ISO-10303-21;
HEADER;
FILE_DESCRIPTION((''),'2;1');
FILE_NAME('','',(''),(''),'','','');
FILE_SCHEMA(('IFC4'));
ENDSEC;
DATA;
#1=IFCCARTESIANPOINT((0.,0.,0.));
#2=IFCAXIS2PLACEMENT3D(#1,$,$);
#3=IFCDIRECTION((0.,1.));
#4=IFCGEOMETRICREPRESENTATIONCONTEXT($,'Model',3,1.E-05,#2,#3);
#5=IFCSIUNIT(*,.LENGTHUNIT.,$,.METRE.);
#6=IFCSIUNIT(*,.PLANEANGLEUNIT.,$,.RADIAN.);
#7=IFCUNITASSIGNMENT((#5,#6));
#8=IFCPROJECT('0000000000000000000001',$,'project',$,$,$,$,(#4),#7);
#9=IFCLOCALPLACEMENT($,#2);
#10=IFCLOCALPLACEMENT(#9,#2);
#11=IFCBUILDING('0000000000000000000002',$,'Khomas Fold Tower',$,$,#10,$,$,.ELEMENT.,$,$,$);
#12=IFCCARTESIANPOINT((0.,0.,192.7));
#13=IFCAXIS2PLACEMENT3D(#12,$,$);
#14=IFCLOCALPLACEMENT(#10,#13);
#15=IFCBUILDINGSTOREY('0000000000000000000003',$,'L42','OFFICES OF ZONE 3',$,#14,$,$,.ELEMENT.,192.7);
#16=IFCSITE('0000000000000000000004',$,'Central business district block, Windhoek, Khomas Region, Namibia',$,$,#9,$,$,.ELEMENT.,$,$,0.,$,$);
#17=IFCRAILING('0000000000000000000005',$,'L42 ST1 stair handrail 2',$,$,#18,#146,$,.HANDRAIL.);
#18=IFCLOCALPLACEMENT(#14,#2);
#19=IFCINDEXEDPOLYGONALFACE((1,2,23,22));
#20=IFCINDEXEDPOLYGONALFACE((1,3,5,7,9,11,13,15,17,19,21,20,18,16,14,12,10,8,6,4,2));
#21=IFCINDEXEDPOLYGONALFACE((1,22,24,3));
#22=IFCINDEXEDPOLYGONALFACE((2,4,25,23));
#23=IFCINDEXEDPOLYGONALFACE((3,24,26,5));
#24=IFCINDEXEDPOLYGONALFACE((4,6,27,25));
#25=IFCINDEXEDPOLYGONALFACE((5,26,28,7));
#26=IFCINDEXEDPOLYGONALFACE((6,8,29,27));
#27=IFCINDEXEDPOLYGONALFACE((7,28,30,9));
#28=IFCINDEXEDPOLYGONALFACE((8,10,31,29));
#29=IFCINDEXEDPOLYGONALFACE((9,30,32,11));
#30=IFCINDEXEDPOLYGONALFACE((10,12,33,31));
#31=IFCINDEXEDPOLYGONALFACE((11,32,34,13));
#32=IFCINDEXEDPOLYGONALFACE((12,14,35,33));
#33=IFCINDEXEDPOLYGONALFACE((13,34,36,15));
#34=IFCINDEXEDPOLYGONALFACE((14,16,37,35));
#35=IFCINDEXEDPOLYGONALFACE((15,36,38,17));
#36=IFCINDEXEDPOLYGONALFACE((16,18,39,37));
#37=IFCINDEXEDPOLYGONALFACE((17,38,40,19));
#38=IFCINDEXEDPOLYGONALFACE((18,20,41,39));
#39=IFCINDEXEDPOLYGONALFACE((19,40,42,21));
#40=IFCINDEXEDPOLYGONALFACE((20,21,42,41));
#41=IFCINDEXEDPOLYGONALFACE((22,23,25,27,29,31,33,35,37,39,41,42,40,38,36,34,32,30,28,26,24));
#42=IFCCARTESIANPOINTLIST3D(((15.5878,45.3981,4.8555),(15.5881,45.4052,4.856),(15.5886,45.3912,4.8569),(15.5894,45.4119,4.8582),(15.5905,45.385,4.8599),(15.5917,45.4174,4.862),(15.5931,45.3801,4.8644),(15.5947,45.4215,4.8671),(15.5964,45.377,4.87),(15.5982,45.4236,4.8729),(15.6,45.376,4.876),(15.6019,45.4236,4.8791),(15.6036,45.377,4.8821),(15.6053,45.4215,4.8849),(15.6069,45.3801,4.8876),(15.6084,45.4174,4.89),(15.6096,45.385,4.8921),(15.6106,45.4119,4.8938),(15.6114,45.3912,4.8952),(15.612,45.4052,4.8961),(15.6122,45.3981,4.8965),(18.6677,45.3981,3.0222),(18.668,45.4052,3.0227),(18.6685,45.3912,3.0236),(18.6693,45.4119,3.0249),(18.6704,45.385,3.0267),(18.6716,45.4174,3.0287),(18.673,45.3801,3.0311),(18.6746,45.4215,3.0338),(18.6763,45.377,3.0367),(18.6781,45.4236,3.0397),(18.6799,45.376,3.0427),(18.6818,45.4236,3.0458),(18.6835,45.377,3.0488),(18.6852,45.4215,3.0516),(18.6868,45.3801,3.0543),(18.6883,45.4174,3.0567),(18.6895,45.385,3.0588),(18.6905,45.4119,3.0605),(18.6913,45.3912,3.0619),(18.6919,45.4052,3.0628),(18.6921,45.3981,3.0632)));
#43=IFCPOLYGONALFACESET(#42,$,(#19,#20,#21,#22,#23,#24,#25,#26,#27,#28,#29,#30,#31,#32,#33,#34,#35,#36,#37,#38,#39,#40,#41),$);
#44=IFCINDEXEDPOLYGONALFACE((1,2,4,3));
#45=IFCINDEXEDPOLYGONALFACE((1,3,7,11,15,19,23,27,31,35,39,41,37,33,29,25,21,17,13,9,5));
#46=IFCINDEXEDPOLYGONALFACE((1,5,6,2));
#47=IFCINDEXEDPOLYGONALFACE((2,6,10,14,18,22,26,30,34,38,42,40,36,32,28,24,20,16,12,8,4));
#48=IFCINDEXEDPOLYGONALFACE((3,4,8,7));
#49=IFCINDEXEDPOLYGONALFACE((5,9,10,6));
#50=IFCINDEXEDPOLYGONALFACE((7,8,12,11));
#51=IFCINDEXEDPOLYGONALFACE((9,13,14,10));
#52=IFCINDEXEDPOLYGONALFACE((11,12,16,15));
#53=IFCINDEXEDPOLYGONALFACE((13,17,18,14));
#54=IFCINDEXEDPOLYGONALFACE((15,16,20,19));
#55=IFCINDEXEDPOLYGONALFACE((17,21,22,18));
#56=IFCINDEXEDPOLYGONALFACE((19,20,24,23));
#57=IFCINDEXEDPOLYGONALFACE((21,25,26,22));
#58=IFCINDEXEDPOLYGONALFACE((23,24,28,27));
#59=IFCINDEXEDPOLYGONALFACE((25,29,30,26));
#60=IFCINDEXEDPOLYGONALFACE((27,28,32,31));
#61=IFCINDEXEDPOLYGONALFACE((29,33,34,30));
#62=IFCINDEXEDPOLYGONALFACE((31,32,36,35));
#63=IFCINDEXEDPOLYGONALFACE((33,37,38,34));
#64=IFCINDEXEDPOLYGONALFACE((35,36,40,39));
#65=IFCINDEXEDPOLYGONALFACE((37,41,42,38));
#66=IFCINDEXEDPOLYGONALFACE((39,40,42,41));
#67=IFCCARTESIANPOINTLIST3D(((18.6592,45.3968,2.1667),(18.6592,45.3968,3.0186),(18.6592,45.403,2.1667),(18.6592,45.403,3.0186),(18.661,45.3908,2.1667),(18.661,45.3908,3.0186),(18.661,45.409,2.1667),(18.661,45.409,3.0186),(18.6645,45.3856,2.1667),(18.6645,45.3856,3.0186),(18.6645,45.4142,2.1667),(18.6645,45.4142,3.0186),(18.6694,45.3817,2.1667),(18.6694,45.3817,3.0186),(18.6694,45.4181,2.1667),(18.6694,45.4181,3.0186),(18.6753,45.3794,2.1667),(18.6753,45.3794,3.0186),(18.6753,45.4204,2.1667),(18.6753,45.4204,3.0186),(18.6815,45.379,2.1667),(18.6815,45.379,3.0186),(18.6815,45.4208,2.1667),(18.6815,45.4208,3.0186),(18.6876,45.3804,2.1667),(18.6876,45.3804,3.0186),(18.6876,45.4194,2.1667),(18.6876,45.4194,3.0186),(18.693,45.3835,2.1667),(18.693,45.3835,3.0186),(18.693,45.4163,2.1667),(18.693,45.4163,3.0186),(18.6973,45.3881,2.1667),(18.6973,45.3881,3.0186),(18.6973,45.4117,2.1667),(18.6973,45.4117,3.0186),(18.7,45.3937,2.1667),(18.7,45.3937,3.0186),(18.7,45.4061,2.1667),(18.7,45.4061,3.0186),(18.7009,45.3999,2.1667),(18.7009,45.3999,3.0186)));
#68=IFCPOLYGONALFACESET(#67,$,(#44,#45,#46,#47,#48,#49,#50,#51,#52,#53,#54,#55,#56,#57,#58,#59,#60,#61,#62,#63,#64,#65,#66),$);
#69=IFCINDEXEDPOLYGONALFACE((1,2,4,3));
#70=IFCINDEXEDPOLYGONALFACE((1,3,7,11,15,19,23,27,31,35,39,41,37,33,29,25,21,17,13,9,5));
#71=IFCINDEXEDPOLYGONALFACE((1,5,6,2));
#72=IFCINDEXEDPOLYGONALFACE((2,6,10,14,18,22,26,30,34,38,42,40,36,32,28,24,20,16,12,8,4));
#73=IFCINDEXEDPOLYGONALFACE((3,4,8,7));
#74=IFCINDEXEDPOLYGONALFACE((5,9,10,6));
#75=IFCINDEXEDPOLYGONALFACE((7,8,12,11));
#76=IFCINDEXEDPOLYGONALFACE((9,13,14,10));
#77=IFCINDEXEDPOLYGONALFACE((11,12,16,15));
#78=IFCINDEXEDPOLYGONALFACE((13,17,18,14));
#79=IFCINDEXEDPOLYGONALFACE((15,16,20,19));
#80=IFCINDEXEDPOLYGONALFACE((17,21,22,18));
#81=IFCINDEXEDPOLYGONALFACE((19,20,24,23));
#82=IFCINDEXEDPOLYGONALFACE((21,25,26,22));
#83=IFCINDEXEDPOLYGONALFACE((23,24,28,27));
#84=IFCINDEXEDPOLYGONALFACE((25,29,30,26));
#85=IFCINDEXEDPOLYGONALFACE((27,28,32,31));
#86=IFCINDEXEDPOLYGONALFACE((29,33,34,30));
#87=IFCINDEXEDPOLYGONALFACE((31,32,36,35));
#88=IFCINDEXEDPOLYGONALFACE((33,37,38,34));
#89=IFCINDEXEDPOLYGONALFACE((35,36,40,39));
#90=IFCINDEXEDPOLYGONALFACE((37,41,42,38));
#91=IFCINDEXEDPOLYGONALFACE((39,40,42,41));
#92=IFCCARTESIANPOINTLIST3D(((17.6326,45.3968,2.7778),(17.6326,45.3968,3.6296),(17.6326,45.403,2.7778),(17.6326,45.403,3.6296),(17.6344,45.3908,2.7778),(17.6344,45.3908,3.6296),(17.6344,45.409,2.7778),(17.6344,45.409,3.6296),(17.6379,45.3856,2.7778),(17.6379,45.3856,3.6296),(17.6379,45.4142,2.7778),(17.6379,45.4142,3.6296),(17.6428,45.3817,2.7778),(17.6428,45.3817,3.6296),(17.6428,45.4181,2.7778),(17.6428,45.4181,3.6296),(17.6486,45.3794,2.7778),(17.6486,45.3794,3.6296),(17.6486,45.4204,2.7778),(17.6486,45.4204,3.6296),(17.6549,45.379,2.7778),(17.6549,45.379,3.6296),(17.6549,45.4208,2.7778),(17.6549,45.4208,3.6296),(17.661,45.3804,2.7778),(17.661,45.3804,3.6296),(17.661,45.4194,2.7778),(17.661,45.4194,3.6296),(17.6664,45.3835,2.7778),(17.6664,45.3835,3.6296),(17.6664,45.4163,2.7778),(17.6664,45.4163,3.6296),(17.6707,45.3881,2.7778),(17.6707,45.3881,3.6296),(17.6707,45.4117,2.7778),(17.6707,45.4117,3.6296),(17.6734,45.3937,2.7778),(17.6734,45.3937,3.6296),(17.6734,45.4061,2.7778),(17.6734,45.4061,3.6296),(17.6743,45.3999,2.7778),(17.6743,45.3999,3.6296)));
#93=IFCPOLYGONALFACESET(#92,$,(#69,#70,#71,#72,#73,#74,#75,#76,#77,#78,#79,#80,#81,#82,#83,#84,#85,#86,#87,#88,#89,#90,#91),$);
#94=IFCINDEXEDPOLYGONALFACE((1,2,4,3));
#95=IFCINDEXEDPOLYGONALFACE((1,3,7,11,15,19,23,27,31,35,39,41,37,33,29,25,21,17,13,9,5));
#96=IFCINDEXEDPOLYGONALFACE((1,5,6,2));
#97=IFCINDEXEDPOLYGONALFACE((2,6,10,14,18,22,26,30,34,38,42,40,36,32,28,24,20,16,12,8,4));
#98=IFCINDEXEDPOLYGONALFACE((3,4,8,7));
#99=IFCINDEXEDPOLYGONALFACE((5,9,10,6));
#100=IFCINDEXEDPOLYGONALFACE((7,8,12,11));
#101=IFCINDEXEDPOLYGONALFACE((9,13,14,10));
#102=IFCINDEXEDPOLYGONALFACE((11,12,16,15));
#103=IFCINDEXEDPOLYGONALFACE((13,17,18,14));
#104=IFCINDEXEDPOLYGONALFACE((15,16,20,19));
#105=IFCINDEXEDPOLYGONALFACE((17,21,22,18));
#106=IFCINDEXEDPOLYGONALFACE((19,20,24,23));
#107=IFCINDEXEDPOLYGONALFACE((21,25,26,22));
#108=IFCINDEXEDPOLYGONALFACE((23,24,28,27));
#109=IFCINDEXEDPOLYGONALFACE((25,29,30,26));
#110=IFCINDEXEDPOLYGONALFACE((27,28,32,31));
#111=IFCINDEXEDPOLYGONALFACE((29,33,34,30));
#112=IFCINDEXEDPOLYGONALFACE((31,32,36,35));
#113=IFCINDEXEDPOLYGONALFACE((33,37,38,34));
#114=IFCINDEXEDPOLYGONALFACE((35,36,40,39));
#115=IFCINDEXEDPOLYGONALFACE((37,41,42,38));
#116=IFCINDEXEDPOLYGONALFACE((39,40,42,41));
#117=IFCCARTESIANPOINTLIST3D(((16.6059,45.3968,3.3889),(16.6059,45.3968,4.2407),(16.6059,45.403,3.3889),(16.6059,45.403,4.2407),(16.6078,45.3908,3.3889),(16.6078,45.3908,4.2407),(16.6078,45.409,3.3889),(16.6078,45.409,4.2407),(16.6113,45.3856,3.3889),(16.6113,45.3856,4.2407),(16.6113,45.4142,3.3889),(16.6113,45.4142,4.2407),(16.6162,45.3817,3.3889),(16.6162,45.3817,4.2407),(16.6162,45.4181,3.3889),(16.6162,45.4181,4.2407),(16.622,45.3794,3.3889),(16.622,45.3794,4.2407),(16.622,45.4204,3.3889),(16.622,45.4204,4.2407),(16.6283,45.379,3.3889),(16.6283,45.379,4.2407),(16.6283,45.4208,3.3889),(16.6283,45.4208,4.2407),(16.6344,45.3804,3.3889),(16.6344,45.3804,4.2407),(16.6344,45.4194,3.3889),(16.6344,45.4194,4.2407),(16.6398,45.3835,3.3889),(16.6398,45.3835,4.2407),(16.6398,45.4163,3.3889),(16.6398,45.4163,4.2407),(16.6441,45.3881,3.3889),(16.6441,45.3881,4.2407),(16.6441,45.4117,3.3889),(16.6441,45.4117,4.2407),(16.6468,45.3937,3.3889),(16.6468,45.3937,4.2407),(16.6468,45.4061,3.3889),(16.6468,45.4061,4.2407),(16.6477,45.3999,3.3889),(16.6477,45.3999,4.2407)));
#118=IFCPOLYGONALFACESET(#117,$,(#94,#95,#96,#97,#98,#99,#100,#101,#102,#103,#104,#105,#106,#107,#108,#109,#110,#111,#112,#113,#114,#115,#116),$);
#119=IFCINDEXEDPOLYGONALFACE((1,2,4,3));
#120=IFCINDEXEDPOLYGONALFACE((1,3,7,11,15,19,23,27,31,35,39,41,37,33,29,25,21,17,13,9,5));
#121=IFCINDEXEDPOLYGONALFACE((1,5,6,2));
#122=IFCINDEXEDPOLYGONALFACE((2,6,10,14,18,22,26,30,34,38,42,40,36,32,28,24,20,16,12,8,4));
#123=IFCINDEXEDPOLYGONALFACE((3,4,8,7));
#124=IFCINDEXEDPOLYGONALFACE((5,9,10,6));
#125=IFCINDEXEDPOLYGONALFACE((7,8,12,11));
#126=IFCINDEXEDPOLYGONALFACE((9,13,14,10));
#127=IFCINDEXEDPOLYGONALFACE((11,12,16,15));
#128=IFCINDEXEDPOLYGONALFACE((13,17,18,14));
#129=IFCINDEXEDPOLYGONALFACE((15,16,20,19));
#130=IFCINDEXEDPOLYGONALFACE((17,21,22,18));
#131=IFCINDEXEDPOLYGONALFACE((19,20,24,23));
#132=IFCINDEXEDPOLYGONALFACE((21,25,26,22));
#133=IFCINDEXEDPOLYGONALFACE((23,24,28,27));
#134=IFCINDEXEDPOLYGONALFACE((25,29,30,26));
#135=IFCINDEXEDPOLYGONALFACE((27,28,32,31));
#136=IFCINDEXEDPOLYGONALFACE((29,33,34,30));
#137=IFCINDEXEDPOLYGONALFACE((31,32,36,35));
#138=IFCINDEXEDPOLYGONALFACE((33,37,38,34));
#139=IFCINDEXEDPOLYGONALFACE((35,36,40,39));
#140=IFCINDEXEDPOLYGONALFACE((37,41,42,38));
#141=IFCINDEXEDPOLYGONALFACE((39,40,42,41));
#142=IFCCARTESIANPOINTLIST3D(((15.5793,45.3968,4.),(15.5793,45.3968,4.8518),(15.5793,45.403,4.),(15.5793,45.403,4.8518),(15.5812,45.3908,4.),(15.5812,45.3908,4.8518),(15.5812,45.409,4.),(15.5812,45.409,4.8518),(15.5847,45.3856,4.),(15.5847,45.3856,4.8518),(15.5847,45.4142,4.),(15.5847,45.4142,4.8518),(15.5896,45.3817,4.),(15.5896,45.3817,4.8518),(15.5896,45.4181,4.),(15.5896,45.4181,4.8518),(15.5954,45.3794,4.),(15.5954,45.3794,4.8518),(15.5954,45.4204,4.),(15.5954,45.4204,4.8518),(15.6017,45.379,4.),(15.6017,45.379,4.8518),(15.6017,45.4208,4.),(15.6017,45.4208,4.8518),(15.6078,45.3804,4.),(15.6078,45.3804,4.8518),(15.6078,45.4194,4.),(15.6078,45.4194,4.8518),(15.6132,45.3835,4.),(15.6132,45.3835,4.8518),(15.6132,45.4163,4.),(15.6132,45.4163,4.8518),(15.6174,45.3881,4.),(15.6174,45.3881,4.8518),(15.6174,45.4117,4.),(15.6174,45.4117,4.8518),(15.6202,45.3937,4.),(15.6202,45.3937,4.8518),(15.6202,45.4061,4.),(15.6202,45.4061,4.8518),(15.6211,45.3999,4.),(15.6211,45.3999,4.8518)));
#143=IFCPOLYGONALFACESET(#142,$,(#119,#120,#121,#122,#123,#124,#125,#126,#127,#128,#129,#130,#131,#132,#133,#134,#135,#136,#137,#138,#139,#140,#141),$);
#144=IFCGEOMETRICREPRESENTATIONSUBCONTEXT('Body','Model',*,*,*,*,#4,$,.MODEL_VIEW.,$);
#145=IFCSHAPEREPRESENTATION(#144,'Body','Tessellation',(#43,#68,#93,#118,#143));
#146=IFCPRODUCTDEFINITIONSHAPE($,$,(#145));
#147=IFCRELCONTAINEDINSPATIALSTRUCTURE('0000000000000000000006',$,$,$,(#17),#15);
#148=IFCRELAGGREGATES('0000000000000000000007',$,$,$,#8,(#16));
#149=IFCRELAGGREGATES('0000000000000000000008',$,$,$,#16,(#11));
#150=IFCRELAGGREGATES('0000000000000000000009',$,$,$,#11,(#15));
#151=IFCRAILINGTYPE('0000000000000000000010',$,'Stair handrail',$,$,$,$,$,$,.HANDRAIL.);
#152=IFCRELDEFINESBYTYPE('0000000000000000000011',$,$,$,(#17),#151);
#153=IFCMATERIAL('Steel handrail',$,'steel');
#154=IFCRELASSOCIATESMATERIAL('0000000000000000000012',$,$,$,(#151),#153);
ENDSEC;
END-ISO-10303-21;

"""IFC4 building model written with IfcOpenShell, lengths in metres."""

from ifc_helpers import new_model, si_unit, direction, frame, origin, origin_2d, place, context, subcontext, project, spatial, circle, extrude, source, transform, mapped, material, type_object, element, save


model = new_model("IFC4")

# Units and contexts
model_context = context("Model", 3, precision=1e-05, world=origin(), true_north=direction((0.0, 1.0)))
body_context = subcontext(model_context, "Body", "Model", "MODEL_VIEW")
ifc_project = project(units=[si_unit("LENGTHUNIT", "METRE"), si_unit("PLANEANGLEUNIT", "RADIAN")], contexts=[model_context])

# Site, building, storey
site_placement = place(None, origin())
site = spatial("IfcSite", under=ifc_project, at=site_placement, Name="Central business district block, Windhoek, Khomas Region, Namibia", CompositionType="ELEMENT", RefElevation=0.0)
building_placement = place(site_placement, origin())
building = spatial("IfcBuilding", under=site, at=building_placement, Name="Khomas Fold Tower", CompositionType="ELEMENT")
storey_placement = place(building_placement, frame((0.0, 0.0, 192.7)))
storey = spatial("IfcBuildingStorey", under=building, at=storey_placement, Name="L42", Description="OFFICES OF ZONE 3", CompositionType="ELEMENT", Elevation=192.7)

# Railing
ifc_material_1 = material(Name="Steel handrail", Category="steel")
railing_type_1 = type_object("IfcRailingType", Name="Stair handrail", PredefinedType="HANDRAIL", material=ifc_material_1)
shared_shape_1 = source(origin(), body_context, "Body", "SweptSolid", [
    extrude(circle(Radius=0.0239, at=origin_2d()), frame((0.0, 0.0, 0.876), z_axis=(-0.859291, 0.0, 0.511487), x_axis=(0.0, -1.0, 0.0)), (0.0, 0.0, 1.0), 3.5842),
    extrude(circle(Radius=0.021, at=origin_2d()), origin(), (0.0, 0.0, 1.0), 0.8518),
    extrude(circle(Radius=0.021, at=origin_2d()), frame((-1.0266, 0.0, 0.6111)), (0.0, 0.0, 1.0), 0.8518),
    extrude(circle(Radius=0.021, at=origin_2d()), frame((-2.0532, 0.0, 1.2222)), (0.0, 0.0, 1.0), 0.8518),
    extrude(circle(Radius=0.021, at=origin_2d()), frame((-3.0798, 0.0, 1.8333)), (0.0, 0.0, 1.0), 0.8518),
])
railing_1_placement = place(storey_placement, frame((18.6799, 45.3999, 2.1667)))
element("IfcRailing", 1, at=railing_1_placement, inside=storey, type_object=railing_type_1, Name="L42 ST1 stair handrail 2", PredefinedType="HANDRAIL", context=body_context, shape_type="MappedRepresentation", body=[
    mapped(shared_shape_1, transform((0.0, 0.0, 0.0))),
])

save(model, "model.ifc")
